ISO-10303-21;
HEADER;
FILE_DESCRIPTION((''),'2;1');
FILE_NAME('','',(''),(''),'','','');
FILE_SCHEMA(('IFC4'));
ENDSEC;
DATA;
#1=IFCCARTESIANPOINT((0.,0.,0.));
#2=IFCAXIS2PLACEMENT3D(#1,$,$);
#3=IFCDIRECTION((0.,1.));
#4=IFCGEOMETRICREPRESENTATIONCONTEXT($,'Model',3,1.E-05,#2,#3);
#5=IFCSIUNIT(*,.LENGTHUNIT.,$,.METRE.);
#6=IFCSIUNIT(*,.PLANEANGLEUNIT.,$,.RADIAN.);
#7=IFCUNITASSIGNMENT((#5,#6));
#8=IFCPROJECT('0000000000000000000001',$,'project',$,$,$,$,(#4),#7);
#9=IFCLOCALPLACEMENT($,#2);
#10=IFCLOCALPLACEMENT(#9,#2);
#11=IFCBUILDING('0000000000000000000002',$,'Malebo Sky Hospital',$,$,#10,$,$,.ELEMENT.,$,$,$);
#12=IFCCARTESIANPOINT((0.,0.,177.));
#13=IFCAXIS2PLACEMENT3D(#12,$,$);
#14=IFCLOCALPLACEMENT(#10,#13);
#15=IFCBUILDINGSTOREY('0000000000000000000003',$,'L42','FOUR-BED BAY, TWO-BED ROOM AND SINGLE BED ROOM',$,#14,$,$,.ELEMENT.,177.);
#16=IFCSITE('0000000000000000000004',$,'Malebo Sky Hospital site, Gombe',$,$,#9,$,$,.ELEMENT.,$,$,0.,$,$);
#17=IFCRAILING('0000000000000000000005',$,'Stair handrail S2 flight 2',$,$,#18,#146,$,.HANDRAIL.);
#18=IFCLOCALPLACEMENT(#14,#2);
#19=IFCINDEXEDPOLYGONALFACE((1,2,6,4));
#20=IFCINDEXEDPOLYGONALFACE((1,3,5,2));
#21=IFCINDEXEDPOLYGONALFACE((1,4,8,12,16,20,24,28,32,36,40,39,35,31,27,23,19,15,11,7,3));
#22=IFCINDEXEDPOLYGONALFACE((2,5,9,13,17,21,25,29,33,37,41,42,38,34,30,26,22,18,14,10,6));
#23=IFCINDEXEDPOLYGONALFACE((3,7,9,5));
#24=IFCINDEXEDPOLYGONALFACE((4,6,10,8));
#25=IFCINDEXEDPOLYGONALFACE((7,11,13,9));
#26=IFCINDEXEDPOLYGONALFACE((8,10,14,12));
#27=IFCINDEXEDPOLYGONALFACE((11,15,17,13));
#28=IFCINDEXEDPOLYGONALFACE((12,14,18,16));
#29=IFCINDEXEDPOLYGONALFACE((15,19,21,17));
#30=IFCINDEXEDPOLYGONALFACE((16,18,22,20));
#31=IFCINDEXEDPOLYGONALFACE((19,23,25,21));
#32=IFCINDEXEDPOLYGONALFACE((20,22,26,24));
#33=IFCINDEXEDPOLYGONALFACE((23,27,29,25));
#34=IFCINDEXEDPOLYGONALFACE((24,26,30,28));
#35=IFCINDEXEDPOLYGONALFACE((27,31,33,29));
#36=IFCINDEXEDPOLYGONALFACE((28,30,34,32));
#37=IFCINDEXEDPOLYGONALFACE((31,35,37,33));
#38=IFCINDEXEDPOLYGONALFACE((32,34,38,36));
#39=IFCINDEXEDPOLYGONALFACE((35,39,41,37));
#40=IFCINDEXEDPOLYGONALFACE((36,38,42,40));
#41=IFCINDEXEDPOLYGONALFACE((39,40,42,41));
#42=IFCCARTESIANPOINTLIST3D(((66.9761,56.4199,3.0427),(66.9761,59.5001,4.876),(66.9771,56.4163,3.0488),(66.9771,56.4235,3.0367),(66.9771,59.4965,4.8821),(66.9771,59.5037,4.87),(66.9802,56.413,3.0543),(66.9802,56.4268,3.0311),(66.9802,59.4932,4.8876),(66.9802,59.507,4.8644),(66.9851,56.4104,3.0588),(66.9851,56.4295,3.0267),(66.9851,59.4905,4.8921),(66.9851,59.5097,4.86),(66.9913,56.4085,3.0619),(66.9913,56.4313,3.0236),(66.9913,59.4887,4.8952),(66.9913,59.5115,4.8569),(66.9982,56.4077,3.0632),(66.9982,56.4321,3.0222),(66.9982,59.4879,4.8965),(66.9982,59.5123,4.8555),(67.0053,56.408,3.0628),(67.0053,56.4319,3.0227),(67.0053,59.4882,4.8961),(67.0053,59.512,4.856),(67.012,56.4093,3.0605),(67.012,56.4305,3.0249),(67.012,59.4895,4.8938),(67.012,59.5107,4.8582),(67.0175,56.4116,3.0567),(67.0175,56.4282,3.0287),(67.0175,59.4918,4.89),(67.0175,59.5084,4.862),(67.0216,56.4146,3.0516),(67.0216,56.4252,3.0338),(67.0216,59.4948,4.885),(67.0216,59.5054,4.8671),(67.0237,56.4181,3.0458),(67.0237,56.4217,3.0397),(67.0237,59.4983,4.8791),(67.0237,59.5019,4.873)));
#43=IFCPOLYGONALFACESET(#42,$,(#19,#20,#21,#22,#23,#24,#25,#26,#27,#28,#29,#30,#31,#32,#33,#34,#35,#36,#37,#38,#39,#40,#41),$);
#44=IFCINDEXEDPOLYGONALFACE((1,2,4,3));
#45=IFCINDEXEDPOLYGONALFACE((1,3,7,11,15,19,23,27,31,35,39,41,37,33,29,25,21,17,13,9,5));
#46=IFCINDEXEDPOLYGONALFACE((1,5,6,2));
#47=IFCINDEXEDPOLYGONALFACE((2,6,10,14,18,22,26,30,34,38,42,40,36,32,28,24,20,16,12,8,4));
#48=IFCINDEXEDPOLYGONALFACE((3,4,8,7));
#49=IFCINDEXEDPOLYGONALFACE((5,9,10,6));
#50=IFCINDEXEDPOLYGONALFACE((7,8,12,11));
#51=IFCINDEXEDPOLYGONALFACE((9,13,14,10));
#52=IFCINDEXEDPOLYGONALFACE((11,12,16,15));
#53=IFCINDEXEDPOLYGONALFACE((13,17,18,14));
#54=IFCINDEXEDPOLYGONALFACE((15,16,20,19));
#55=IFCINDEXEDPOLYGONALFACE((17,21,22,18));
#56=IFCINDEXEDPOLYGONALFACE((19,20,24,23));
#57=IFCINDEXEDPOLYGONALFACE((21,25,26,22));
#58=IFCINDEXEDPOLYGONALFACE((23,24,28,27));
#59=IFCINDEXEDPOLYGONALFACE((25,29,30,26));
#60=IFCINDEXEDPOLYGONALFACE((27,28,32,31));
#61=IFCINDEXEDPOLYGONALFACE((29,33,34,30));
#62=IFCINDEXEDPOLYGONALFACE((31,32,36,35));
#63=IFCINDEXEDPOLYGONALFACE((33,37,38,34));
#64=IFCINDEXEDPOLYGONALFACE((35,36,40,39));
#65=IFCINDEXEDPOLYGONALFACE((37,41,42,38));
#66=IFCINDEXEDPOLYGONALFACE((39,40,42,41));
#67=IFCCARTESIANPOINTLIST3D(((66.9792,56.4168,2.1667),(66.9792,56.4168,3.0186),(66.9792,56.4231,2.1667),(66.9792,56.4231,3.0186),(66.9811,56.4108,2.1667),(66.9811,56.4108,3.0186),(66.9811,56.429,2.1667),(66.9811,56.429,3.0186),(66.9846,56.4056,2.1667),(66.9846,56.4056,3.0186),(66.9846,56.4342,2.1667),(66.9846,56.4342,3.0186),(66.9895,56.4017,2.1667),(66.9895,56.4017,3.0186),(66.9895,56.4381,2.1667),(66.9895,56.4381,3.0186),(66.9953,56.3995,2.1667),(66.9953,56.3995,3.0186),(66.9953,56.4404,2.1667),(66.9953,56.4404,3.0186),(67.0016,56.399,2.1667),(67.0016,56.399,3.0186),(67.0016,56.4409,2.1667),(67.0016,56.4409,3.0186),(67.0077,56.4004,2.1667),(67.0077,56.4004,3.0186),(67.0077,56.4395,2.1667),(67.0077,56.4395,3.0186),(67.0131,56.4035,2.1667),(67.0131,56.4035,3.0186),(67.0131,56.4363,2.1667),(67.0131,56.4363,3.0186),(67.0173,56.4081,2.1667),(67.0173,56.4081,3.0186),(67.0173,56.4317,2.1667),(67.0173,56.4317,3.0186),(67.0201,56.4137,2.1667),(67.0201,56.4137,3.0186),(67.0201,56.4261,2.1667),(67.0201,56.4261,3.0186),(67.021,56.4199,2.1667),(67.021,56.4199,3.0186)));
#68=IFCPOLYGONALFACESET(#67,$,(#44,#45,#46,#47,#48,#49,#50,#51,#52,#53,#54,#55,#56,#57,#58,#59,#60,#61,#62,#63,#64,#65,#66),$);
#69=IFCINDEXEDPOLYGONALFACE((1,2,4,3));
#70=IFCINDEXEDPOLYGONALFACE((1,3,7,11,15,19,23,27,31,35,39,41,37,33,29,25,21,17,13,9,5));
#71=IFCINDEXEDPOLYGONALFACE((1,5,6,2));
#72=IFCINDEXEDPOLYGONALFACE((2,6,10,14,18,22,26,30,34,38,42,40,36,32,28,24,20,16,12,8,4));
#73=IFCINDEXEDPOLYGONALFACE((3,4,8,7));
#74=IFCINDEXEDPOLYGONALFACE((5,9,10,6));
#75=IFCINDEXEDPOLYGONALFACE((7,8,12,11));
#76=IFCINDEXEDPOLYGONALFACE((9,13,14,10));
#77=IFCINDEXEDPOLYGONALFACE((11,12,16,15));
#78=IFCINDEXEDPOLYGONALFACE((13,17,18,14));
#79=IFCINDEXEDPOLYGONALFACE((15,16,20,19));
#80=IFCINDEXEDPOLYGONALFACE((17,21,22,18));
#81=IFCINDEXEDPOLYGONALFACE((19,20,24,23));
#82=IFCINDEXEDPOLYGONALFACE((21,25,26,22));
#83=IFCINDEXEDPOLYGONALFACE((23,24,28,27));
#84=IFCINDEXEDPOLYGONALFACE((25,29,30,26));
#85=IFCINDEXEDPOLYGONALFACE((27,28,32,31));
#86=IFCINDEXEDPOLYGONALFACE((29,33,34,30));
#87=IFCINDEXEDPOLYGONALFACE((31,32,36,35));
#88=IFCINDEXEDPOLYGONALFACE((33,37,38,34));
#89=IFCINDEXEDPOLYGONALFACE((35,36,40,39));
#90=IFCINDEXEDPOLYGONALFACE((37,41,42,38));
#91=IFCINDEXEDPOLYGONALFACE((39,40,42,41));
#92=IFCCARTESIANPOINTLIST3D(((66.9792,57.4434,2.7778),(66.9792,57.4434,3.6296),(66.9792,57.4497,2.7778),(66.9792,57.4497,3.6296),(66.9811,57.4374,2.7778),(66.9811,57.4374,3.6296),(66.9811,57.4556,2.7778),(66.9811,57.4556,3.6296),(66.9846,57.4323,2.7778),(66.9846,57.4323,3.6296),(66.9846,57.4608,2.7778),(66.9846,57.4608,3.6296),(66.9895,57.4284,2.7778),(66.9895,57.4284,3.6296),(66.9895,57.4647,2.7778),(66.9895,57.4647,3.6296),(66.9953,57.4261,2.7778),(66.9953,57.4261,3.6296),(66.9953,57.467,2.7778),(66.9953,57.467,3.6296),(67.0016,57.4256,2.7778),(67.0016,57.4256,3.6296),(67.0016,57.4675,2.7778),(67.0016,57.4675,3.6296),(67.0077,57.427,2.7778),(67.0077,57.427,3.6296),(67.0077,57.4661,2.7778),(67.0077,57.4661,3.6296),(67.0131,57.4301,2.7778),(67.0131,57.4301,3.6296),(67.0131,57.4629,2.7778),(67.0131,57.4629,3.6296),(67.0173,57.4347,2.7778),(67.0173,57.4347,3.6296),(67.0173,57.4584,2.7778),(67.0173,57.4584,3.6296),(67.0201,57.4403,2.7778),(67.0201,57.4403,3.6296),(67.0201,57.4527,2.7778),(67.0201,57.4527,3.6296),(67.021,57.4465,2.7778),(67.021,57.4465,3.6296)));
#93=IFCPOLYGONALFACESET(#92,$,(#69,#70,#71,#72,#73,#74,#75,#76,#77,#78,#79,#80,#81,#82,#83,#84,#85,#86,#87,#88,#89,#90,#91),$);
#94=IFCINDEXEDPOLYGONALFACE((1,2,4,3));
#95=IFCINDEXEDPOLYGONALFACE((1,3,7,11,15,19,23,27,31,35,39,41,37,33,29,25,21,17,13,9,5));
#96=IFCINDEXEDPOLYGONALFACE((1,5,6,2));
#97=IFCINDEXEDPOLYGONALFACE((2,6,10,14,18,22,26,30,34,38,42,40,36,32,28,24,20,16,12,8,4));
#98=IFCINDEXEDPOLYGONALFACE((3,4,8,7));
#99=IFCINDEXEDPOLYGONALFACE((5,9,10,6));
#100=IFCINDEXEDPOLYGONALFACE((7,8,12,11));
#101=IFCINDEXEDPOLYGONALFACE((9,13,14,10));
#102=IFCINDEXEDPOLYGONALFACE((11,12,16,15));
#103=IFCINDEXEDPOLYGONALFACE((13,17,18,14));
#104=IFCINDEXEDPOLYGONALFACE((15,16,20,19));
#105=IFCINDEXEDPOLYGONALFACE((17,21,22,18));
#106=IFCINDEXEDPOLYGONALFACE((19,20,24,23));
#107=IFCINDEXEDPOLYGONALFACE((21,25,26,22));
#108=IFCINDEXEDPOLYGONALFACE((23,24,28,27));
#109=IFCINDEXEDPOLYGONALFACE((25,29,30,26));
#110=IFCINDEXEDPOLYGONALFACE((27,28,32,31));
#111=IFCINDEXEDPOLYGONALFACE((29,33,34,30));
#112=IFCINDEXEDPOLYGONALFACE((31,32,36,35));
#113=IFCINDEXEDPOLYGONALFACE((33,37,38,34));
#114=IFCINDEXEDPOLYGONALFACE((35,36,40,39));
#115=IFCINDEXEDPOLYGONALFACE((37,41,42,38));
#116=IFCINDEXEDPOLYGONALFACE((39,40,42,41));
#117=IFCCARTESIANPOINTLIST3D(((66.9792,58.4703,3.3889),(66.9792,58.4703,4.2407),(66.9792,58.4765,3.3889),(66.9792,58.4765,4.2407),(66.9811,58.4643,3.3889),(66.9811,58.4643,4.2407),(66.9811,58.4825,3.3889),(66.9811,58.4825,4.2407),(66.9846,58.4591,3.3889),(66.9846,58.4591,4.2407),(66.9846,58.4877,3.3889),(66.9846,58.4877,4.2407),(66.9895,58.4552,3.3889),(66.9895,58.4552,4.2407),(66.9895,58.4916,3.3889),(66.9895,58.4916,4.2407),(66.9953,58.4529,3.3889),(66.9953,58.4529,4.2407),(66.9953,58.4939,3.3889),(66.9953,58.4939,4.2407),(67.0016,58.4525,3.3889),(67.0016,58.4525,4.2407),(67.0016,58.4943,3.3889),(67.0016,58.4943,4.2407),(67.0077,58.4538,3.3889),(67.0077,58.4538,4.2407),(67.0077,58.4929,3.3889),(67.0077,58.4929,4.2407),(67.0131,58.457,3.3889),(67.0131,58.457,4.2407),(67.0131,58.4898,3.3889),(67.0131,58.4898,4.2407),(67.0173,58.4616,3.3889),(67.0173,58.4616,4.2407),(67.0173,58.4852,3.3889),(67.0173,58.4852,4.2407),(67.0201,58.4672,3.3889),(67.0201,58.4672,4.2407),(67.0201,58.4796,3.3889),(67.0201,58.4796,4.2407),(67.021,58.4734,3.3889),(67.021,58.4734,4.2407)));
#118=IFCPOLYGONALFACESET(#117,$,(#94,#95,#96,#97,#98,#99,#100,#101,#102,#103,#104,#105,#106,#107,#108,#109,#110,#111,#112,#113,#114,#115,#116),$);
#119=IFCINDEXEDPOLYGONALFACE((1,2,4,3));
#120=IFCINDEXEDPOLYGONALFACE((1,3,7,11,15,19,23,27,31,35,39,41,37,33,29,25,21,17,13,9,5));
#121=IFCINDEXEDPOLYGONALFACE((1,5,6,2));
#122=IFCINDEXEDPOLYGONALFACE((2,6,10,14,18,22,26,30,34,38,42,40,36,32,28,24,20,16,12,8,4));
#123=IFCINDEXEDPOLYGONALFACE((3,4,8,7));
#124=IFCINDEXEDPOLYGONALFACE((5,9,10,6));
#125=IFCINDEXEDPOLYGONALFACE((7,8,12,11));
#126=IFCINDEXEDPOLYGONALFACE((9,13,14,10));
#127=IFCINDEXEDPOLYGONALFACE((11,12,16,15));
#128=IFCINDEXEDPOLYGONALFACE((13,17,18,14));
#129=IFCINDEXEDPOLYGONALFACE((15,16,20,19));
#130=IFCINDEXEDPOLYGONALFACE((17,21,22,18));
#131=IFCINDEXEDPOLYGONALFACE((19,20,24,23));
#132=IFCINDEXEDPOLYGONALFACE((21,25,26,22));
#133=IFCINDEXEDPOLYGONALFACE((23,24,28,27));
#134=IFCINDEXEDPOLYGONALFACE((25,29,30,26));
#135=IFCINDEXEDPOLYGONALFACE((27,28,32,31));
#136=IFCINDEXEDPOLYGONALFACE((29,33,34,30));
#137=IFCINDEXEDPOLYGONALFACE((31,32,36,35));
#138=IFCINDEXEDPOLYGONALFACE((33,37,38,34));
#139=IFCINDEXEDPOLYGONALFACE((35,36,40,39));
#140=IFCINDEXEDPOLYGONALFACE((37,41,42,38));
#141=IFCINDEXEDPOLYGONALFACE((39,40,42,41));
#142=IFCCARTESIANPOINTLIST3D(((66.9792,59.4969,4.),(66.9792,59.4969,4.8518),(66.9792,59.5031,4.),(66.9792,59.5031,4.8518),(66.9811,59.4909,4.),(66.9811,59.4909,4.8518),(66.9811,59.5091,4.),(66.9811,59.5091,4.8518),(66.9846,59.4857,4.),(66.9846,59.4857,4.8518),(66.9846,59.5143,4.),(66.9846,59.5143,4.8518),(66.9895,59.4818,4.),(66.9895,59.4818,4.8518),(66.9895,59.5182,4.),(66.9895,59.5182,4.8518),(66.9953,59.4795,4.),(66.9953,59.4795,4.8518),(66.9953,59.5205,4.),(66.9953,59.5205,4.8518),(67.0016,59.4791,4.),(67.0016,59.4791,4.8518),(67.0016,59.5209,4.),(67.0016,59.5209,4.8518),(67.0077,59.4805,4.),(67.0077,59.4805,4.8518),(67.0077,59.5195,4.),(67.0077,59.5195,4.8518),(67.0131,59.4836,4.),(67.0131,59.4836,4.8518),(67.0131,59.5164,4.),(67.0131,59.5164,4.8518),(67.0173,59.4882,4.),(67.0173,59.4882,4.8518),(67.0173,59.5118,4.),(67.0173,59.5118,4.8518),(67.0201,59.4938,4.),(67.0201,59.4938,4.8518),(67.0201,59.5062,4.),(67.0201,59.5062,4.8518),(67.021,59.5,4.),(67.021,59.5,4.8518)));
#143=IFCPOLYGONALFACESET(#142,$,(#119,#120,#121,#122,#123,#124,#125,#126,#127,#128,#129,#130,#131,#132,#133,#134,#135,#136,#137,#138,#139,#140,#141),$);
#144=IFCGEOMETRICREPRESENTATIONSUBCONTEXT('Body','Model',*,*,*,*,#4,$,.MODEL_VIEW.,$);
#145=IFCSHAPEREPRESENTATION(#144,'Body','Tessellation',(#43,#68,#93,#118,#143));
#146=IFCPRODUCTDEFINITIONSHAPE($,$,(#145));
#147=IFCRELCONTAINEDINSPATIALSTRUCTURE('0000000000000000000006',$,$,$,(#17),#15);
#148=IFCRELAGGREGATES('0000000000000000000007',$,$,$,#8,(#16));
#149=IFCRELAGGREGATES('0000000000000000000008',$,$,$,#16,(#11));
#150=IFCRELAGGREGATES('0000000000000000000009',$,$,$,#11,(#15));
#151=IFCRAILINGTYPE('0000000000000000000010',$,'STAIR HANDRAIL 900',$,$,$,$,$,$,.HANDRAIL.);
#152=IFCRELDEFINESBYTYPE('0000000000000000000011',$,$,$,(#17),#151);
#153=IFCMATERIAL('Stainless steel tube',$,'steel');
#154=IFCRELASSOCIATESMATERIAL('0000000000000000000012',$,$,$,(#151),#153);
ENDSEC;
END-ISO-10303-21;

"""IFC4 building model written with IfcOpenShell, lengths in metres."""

from ifc_helpers import new_model, si_unit, direction, frame, origin, origin_2d, place, context, subcontext, project, spatial, circle, extrude, material, type_object, element, save


model = new_model("IFC4")

# Units and contexts
model_context = context("Model", 3, precision=1e-05, world=origin(), true_north=direction((0.0, 1.0)))
body_context = subcontext(model_context, "Body", "Model", "MODEL_VIEW")
ifc_project = project(units=[si_unit("LENGTHUNIT", "METRE"), si_unit("PLANEANGLEUNIT", "RADIAN")], contexts=[model_context])

# Site, building, storey
site_placement = place(None, origin())
site = spatial("IfcSite", under=ifc_project, at=site_placement, Name="Malebo Sky Hospital site, Gombe", CompositionType="ELEMENT", RefElevation=0.0)
building_placement = place(site_placement, origin())
building = spatial("IfcBuilding", under=site, at=building_placement, Name="Malebo Sky Hospital", CompositionType="ELEMENT")
storey_placement = place(building_placement, frame((0.0, 0.0, 177.0)))
storey = spatial("IfcBuildingStorey", under=building, at=storey_placement, Name="L42", Description="FOUR-BED BAY, TWO-BED ROOM AND SINGLE BED ROOM", CompositionType="ELEMENT", Elevation=177.0)

# Railing
ifc_material_1 = material(Name="Stainless steel tube", Category="steel")
railing_type = type_object("IfcRailingType", Name="STAIR HANDRAIL 900", PredefinedType="HANDRAIL", material=ifc_material_1)
railing_1_placement = place(storey_placement, frame((67.0, 56.4199, 2.1667)))
element("IfcRailing", 1, at=railing_1_placement, inside=storey, type_object=railing_type, Name="Stair handrail S2 flight 2", PredefinedType="HANDRAIL", context=body_context, shape_type="SweptSolid", body=[
    extrude(circle(Radius=0.0239, at=origin_2d()), frame((0.0, 0.0, 0.876), z_axis=(0.0, 0.859309, 0.511458), x_axis=(-1.0, 0.0, 0.0)), (0.0, 0.0, 1.0), 3.5845),
    extrude(circle(Radius=0.021, at=origin_2d()), origin(), (0.0, 0.0, 1.0), 0.8518),
    extrude(circle(Radius=0.021, at=origin_2d()), frame((0.0, 1.0266, 0.6111)), (0.0, 0.0, 1.0), 0.8518),
    extrude(circle(Radius=0.021, at=origin_2d()), frame((0.0, 2.0535, 1.2222)), (0.0, 0.0, 1.0), 0.8518),
    extrude(circle(Radius=0.021, at=origin_2d()), frame((0.0, 3.0801, 1.8333)), (0.0, 0.0, 1.0), 0.8518),
])

save(model, "model.ifc")
